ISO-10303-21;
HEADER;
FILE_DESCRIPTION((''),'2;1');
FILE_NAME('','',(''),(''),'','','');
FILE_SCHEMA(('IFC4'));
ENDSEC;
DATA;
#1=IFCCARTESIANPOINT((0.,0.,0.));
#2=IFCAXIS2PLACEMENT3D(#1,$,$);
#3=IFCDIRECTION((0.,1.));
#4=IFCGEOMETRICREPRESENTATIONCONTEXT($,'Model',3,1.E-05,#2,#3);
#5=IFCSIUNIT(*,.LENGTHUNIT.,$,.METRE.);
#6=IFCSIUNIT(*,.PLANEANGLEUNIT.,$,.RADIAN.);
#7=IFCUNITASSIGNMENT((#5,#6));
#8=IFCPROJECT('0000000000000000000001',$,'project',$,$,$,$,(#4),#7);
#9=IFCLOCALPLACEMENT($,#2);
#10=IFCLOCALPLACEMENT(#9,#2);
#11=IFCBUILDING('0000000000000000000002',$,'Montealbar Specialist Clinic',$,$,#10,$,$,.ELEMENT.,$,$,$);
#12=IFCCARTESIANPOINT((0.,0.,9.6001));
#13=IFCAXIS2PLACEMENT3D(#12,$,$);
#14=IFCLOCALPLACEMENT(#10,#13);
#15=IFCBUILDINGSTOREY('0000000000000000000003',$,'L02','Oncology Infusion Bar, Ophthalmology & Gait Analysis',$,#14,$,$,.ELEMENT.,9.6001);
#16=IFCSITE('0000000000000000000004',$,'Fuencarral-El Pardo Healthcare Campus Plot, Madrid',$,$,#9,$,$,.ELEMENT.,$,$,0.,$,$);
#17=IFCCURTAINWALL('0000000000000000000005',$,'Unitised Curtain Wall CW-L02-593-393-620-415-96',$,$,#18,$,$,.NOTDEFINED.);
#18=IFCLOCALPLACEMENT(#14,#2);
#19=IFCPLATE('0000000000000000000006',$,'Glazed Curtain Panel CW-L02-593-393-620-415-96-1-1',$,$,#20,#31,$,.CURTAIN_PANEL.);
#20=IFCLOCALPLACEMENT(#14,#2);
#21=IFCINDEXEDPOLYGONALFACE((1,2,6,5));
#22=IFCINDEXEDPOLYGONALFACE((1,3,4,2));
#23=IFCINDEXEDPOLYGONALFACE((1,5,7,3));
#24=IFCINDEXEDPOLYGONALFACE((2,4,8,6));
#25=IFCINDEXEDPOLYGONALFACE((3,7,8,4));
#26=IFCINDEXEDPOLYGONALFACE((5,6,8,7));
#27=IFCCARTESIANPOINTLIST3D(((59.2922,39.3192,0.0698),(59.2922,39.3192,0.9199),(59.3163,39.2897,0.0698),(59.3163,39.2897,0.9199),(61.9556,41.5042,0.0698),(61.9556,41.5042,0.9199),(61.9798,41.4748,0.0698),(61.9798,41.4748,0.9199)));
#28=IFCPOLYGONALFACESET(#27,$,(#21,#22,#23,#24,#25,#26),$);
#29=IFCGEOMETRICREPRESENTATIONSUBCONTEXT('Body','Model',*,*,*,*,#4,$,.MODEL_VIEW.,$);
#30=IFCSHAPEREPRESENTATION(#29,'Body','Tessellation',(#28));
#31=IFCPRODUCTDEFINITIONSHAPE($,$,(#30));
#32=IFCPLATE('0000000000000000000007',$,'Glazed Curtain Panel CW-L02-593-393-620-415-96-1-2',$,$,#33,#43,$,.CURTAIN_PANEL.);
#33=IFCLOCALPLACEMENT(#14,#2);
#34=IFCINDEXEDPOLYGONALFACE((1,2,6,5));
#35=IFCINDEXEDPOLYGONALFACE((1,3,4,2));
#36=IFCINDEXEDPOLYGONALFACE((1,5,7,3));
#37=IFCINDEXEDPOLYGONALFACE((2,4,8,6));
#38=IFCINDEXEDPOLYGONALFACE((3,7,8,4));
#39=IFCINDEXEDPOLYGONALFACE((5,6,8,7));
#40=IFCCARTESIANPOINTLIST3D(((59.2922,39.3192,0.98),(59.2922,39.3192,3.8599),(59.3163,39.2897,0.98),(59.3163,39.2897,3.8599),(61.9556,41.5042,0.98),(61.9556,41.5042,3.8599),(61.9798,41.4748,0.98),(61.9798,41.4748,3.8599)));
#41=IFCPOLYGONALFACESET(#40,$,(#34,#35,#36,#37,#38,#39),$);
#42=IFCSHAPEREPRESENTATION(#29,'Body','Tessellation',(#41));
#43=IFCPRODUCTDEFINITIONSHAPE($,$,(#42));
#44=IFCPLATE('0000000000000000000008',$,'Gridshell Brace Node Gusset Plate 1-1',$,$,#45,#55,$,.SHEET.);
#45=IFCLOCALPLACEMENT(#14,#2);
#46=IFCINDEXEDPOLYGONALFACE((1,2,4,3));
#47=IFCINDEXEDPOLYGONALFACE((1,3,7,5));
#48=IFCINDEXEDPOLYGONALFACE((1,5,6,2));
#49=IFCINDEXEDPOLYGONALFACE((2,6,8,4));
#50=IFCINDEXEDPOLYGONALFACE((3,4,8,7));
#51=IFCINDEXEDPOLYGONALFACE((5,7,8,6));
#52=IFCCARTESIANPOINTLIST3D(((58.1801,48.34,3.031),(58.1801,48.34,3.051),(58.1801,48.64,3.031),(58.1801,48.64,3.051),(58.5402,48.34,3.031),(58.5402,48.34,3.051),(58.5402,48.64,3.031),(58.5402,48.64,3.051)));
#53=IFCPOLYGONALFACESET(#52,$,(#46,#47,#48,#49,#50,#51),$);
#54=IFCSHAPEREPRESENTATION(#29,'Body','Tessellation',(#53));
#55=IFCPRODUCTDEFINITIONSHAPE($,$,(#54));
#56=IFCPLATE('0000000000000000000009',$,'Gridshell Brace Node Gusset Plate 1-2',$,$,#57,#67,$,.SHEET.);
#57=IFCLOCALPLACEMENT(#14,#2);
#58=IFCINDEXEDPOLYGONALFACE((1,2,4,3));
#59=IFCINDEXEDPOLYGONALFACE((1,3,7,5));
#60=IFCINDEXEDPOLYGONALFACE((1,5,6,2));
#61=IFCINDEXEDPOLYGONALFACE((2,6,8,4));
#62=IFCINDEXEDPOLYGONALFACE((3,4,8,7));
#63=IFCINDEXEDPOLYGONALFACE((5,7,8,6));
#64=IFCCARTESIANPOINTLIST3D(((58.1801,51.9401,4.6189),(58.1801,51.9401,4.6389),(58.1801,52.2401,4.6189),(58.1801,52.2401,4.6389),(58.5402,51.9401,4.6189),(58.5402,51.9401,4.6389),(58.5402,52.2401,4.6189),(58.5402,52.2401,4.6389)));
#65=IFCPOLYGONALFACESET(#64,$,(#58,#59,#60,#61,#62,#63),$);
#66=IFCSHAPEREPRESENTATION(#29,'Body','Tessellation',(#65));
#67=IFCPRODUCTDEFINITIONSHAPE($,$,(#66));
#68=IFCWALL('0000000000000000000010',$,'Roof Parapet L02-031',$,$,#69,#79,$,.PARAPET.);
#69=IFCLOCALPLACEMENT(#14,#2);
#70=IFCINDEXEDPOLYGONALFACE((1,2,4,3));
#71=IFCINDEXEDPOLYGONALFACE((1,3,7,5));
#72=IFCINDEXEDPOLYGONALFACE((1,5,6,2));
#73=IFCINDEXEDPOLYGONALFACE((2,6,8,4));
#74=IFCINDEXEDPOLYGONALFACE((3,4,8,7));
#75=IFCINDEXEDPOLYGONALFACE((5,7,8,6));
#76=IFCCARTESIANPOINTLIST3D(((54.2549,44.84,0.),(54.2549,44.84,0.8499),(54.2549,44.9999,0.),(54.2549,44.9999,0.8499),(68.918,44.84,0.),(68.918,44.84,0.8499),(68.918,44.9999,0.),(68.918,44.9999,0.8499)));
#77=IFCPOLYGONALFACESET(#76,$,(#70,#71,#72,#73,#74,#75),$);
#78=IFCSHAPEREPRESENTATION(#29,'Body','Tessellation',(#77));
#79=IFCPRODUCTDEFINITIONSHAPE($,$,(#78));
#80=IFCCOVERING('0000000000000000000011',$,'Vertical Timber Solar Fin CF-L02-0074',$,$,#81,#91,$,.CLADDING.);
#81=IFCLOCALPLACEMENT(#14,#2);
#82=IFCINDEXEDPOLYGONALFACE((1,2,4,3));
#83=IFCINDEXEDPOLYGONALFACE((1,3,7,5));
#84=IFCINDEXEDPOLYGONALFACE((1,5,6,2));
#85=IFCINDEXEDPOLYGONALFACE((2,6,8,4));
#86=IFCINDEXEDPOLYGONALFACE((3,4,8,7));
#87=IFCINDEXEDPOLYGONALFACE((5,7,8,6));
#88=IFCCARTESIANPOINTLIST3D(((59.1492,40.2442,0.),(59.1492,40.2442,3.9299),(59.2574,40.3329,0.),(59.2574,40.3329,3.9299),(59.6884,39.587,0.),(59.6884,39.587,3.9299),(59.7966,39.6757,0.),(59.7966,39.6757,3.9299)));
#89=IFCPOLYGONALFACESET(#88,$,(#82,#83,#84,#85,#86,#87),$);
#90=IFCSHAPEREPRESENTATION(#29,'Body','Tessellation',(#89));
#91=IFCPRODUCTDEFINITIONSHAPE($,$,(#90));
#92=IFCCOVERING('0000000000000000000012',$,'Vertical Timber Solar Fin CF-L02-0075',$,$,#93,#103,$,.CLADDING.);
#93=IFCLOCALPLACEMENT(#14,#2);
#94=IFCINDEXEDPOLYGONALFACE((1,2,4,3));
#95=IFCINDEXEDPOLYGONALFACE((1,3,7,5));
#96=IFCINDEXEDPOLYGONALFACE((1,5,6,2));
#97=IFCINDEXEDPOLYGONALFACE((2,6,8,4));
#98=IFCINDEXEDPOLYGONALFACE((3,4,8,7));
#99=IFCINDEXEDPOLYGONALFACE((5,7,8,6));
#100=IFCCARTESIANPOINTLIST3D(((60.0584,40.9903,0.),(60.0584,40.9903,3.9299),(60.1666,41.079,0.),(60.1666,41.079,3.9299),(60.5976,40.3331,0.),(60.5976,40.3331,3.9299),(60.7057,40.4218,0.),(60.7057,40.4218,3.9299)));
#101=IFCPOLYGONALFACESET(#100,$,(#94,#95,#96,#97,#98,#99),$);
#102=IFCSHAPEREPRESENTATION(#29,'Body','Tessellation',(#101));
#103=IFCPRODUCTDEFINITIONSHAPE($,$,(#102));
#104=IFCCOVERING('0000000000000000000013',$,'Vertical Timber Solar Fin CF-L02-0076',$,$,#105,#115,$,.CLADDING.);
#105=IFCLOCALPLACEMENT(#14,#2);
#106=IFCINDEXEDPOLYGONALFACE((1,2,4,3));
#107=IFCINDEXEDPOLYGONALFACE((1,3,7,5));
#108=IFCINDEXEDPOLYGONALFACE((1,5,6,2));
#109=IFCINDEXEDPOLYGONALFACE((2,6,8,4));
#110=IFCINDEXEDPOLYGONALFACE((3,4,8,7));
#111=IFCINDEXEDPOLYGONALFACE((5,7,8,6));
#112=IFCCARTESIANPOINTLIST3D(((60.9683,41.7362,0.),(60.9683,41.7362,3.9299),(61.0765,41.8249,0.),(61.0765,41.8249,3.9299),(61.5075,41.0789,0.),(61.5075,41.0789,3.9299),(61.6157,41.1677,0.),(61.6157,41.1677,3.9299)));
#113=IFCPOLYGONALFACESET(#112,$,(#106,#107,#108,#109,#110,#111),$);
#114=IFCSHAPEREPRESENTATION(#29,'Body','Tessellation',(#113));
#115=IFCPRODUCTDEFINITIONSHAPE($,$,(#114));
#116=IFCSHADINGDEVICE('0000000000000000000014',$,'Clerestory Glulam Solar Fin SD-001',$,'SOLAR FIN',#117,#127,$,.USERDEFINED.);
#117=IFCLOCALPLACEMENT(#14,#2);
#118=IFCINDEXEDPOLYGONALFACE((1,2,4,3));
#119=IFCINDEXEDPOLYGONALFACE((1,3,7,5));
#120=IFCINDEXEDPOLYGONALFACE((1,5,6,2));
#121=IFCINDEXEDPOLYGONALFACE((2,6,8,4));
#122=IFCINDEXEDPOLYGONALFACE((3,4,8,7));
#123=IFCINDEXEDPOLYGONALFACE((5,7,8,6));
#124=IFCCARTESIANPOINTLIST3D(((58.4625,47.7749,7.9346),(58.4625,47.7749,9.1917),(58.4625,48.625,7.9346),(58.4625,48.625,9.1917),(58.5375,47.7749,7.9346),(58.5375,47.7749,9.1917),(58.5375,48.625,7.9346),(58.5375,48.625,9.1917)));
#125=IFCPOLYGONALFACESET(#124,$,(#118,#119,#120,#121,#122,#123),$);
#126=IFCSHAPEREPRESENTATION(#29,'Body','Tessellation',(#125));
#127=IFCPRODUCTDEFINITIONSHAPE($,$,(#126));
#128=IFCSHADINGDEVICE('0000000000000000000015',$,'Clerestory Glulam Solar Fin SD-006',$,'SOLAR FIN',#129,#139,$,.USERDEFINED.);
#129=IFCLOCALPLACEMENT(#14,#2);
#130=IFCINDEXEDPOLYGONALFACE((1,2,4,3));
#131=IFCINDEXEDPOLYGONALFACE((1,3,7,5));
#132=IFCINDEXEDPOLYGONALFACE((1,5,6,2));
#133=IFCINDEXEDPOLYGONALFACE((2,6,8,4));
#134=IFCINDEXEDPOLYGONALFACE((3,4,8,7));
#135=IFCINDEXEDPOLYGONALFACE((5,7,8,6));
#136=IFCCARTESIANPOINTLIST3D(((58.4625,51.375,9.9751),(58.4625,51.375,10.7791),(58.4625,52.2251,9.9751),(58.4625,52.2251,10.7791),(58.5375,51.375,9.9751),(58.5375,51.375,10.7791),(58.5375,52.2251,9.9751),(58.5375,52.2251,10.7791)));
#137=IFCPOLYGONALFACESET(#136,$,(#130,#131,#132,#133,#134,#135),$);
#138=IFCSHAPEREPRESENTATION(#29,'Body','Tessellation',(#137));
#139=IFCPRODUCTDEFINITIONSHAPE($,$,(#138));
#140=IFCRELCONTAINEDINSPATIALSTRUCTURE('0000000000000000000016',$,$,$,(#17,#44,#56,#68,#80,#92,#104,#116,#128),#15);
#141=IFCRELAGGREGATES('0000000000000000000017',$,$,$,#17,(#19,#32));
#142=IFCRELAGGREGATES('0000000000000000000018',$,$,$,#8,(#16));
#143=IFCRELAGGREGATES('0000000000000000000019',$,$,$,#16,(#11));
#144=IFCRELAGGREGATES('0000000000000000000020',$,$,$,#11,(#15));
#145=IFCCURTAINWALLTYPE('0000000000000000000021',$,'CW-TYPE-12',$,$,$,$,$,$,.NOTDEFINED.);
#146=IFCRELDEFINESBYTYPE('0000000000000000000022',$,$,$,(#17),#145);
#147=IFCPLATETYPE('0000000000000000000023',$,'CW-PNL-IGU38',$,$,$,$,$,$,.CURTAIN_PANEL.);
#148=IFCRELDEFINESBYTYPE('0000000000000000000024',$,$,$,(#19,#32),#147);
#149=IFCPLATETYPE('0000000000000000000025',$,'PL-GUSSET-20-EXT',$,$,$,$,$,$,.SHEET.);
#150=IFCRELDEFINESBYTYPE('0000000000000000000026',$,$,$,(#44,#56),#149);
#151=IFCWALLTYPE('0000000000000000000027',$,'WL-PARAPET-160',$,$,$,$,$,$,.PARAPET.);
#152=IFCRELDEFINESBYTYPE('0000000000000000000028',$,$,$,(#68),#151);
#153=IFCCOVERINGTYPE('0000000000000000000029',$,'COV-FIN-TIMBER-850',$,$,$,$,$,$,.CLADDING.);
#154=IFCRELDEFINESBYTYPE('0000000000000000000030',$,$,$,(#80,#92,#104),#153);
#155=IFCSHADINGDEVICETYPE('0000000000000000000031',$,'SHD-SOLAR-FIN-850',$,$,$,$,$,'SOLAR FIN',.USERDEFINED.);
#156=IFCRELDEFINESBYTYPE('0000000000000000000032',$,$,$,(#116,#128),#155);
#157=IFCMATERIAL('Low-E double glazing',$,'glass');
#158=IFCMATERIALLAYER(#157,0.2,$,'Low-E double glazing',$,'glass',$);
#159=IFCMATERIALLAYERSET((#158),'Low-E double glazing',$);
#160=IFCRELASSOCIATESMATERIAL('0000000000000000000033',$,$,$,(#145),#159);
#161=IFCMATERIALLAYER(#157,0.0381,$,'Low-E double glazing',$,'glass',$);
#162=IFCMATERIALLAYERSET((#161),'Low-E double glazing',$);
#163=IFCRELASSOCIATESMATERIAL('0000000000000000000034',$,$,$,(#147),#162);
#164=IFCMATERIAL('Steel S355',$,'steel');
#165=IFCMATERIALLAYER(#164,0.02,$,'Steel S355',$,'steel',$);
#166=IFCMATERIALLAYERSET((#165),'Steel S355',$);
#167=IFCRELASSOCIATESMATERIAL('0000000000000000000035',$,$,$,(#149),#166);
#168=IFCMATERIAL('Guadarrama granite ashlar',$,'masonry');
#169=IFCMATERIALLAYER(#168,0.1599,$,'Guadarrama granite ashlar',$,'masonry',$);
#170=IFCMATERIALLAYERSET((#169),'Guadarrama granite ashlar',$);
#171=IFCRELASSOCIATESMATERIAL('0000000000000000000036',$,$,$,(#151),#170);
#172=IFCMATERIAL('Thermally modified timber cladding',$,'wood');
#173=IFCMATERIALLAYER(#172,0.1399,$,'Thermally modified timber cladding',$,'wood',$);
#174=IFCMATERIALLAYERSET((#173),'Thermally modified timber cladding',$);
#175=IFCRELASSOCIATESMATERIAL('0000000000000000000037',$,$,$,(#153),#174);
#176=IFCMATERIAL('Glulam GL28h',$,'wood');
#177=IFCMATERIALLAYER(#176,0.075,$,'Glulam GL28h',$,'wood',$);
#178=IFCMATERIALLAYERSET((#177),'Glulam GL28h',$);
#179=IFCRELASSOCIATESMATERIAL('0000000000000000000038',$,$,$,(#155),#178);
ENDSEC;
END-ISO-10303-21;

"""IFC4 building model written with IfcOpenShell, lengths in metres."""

from ifc_helpers import new_model, si_unit, direction, frame, frame_2d, origin, origin_2d, place, context, subcontext, project, spatial, rectangle, extrude, material, layer, layer_set, type_object, element, aggregate, save


model = new_model("IFC4")

# Units and contexts
model_context = context("Model", 3, precision=1e-05, world=origin(), true_north=direction((0.0, 1.0)))
body_context = subcontext(model_context, "Body", "Model", "MODEL_VIEW")
ifc_project = project(units=[si_unit("LENGTHUNIT", "METRE"), si_unit("PLANEANGLEUNIT", "RADIAN")], contexts=[model_context])

# Site, building, storey
site_placement = place(None, origin())
site = spatial("IfcSite", under=ifc_project, at=site_placement, Name="Fuencarral-El Pardo Healthcare Campus Plot, Madrid", CompositionType="ELEMENT", RefElevation=0.0)
building_placement = place(site_placement, origin())
building = spatial("IfcBuilding", under=site, at=building_placement, Name="Montealbar Specialist Clinic", CompositionType="ELEMENT")
storey_placement = place(building_placement, frame((0.0, 0.0, 9.6001)))
storey = spatial("IfcBuildingStorey", under=building, at=storey_placement, Name="L02", Description="Oncology Infusion Bar, Ophthalmology & Gait Analysis", CompositionType="ELEMENT", Elevation=9.6001)

# Shared definitions
ifc_material_1 = material(Name="Steel S355", Category="steel")
ifc_material_2 = material(Name="Glulam GL28h", Category="wood")

# Shared definitions
ifc_material_3 = material(Name="Low-E double glazing", Category="glass")

# Curtain wall
ifc_layer_1 = layer(ifc_material_3, 0.2, Name="Low-E double glazing", Category="glass")
ifc_layer_set_1 = layer_set([ifc_layer_1], Name="Low-E double glazing")
curtain_wall_type_1 = type_object("IfcCurtainWallType", Name="CW-TYPE-12", PredefinedType="NOTDEFINED", material=ifc_layer_set_1)
curtain_wall_1_placement = place(storey_placement, origin())
curtain_wall_1 = element("IfcCurtainWall", 1, at=curtain_wall_1_placement, inside=storey, type_object=curtain_wall_type_1, Name="Unitised Curtain Wall CW-L02-593-393-620-415-96", PredefinedType="NOTDEFINED")

# Plates
ifc_layer_2 = layer(ifc_material_3, 0.0381, Name="Low-E double glazing", Category="glass")
ifc_layer_set_2 = layer_set([ifc_layer_2], Name="Low-E double glazing")
plate_type_1 = type_object("IfcPlateType", Name="CW-PNL-IGU38", PredefinedType="CURTAIN_PANEL", material=ifc_layer_set_2)
plate_1_placement = place(storey_placement, frame((60.636, 40.397, 0.0698), z_axis=(0.0, 0.0, 1.0), x_axis=(0.773123, 0.634256, 0.0)))
plate_1 = element("IfcPlate", 2, at=plate_1_placement, type_object=plate_type_1, Name="Glazed Curtain Panel CW-L02-593-393-620-415-96-1-1", PredefinedType="CURTAIN_PANEL", context=body_context, shape_type="SweptSolid", body=[
    extrude(rectangle(XDim=3.4451, YDim=0.0381, at=origin_2d()), origin(), (0.0, 0.0, 1.0), 0.8501),
])
plate_2_placement = place(storey_placement, frame((60.636, 40.397, 0.98), z_axis=(0.0, 0.0, 1.0), x_axis=(0.773123, 0.634256, 0.0)))
plate_2 = element("IfcPlate", 3, at=plate_2_placement, type_object=plate_type_1, Name="Glazed Curtain Panel CW-L02-593-393-620-415-96-1-2", PredefinedType="CURTAIN_PANEL", context=body_context, shape_type="SweptSolid", body=[
    extrude(rectangle(XDim=3.4451, YDim=0.0381, at=origin_2d()), origin(), (0.0, 0.0, 1.0), 2.8799),
])
aggregate(curtain_wall_1, [plate_1, plate_2])

# Plates
ifc_layer_3 = layer(ifc_material_1, 0.02, Name="Steel S355", Category="steel")
ifc_layer_set_3 = layer_set([ifc_layer_3], Name="Steel S355")
plate_type_2 = type_object("IfcPlateType", Name="PL-GUSSET-20-EXT", PredefinedType="SHEET", material=ifc_layer_set_3)
for number, where, z_axis, x_axis, name in (
    (4, (58.3601, 48.49, 3.031), (0.0, 0.0, 1.0), (1.0, 0.0, 0.0), "Gridshell Brace Node Gusset Plate 1-1"),
    (5, (58.3601, 52.0901, 4.6189), (0.0, 0.0, 1.0), (1.0, 0.0, 0.0), "Gridshell Brace Node Gusset Plate 1-2"),
):
    element("IfcPlate", number, at=place(storey_placement, frame(where, z_axis=z_axis, x_axis=x_axis)), inside=storey, type_object=plate_type_2, Name=name, PredefinedType="SHEET", context=body_context, shape_type="SweptSolid", body=[
        extrude(rectangle(XDim=0.3601, YDim=0.3, at=origin_2d()), origin(), (0.0, 0.0, 1.0), 0.02),
    ])

# Wall
ifc_material_4 = material(Name="Guadarrama granite ashlar", Category="masonry")
ifc_layer_4 = layer(ifc_material_4, 0.1599, Name="Guadarrama granite ashlar", Category="masonry")
ifc_layer_set_4 = layer_set([ifc_layer_4], Name="Guadarrama granite ashlar")
wall_type = type_object("IfcWallType", Name="WL-PARAPET-160", PredefinedType="PARAPET", material=ifc_layer_set_4)
wall_placement = place(storey_placement, frame((54.2549, 44.9199, 0.0), z_axis=(0.0, 0.0, 1.0), x_axis=(1.0, 0.0, 0.0)))
element("IfcWall", 6, at=wall_placement, inside=storey, type_object=wall_type, Name="Roof Parapet L02-031", PredefinedType="PARAPET", context=body_context, shape_type="SweptSolid", body=[
    extrude(rectangle(XDim=14.6631, YDim=0.1599, at=frame_2d((7.3315, 0.0))), origin(), (0.0, 0.0, 1.0), 0.8499),
])

# Coverings
ifc_material_5 = material(Name="Thermally modified timber cladding", Category="wood")
ifc_layer_5 = layer(ifc_material_5, 0.1399, Name="Thermally modified timber cladding", Category="wood")
ifc_layer_set_5 = layer_set([ifc_layer_5], Name="Thermally modified timber cladding")
covering_type = type_object("IfcCoveringType", Name="COV-FIN-TIMBER-850", PredefinedType="CLADDING", material=ifc_layer_set_5)
for number, where, z_axis, x_axis, name in (
    (7, (59.4729, 39.96, 0.0), (0.0, 0.0, 1.0), (-0.634256, 0.773123, 0.0), "Vertical Timber Solar Fin CF-L02-0074"),
    (8, (60.3821, 40.7061, 0.0), (0.0, 0.0, 1.0), (-0.634256, 0.773123, 0.0), "Vertical Timber Solar Fin CF-L02-0075"),
    (9, (61.292, 41.4519, 0.0), (0.0, 0.0, 1.0), (-0.634256, 0.773123, 0.0), "Vertical Timber Solar Fin CF-L02-0076"),
):
    element("IfcCovering", number, at=place(storey_placement, frame(where, z_axis=z_axis, x_axis=x_axis)), inside=storey, type_object=covering_type, Name=name, PredefinedType="CLADDING", context=body_context, shape_type="SweptSolid", body=[
        extrude(rectangle(XDim=0.8501, YDim=0.1399, at=origin_2d()), origin(), (0.0, 0.0, 1.0), 3.9299),
    ])

# Shading devices
ifc_layer_6 = layer(ifc_material_2, 0.075, Name="Glulam GL28h", Category="wood")
ifc_layer_set_6 = layer_set([ifc_layer_6], Name="Glulam GL28h")
shading_device_type = type_object("IfcShadingDeviceType", Name="SHD-SOLAR-FIN-850", ElementType="SOLAR FIN", PredefinedType="USERDEFINED", material=ifc_layer_set_6)
shading_device_1_placement = place(storey_placement, frame((58.5, 48.2, 7.9346), z_axis=(0.0, 0.0, 1.0), x_axis=(0.0, -1.0, 0.0)))
element("IfcShadingDevice", 10, at=shading_device_1_placement, inside=storey, type_object=shading_device_type, Name="Clerestory Glulam Solar Fin SD-001", ObjectType="SOLAR FIN", PredefinedType="USERDEFINED", context=body_context, shape_type="SweptSolid", body=[
    extrude(rectangle(XDim=0.8501, YDim=0.075, at=origin_2d()), origin(), (0.0, 0.0, 1.0), 1.2571),
])
shading_device_2_placement = place(storey_placement, frame((58.5, 51.8, 9.9751), z_axis=(0.0, 0.0, 1.0), x_axis=(0.0, -1.0, 0.0)))
element("IfcShadingDevice", 11, at=shading_device_2_placement, inside=storey, type_object=shading_device_type, Name="Clerestory Glulam Solar Fin SD-006", ObjectType="SOLAR FIN", PredefinedType="USERDEFINED", context=body_context, shape_type="SweptSolid", body=[
    extrude(rectangle(XDim=0.8501, YDim=0.075, at=origin_2d()), origin(), (0.0, 0.0, 1.0), 0.804),
])

save(model, "model.ifc")
